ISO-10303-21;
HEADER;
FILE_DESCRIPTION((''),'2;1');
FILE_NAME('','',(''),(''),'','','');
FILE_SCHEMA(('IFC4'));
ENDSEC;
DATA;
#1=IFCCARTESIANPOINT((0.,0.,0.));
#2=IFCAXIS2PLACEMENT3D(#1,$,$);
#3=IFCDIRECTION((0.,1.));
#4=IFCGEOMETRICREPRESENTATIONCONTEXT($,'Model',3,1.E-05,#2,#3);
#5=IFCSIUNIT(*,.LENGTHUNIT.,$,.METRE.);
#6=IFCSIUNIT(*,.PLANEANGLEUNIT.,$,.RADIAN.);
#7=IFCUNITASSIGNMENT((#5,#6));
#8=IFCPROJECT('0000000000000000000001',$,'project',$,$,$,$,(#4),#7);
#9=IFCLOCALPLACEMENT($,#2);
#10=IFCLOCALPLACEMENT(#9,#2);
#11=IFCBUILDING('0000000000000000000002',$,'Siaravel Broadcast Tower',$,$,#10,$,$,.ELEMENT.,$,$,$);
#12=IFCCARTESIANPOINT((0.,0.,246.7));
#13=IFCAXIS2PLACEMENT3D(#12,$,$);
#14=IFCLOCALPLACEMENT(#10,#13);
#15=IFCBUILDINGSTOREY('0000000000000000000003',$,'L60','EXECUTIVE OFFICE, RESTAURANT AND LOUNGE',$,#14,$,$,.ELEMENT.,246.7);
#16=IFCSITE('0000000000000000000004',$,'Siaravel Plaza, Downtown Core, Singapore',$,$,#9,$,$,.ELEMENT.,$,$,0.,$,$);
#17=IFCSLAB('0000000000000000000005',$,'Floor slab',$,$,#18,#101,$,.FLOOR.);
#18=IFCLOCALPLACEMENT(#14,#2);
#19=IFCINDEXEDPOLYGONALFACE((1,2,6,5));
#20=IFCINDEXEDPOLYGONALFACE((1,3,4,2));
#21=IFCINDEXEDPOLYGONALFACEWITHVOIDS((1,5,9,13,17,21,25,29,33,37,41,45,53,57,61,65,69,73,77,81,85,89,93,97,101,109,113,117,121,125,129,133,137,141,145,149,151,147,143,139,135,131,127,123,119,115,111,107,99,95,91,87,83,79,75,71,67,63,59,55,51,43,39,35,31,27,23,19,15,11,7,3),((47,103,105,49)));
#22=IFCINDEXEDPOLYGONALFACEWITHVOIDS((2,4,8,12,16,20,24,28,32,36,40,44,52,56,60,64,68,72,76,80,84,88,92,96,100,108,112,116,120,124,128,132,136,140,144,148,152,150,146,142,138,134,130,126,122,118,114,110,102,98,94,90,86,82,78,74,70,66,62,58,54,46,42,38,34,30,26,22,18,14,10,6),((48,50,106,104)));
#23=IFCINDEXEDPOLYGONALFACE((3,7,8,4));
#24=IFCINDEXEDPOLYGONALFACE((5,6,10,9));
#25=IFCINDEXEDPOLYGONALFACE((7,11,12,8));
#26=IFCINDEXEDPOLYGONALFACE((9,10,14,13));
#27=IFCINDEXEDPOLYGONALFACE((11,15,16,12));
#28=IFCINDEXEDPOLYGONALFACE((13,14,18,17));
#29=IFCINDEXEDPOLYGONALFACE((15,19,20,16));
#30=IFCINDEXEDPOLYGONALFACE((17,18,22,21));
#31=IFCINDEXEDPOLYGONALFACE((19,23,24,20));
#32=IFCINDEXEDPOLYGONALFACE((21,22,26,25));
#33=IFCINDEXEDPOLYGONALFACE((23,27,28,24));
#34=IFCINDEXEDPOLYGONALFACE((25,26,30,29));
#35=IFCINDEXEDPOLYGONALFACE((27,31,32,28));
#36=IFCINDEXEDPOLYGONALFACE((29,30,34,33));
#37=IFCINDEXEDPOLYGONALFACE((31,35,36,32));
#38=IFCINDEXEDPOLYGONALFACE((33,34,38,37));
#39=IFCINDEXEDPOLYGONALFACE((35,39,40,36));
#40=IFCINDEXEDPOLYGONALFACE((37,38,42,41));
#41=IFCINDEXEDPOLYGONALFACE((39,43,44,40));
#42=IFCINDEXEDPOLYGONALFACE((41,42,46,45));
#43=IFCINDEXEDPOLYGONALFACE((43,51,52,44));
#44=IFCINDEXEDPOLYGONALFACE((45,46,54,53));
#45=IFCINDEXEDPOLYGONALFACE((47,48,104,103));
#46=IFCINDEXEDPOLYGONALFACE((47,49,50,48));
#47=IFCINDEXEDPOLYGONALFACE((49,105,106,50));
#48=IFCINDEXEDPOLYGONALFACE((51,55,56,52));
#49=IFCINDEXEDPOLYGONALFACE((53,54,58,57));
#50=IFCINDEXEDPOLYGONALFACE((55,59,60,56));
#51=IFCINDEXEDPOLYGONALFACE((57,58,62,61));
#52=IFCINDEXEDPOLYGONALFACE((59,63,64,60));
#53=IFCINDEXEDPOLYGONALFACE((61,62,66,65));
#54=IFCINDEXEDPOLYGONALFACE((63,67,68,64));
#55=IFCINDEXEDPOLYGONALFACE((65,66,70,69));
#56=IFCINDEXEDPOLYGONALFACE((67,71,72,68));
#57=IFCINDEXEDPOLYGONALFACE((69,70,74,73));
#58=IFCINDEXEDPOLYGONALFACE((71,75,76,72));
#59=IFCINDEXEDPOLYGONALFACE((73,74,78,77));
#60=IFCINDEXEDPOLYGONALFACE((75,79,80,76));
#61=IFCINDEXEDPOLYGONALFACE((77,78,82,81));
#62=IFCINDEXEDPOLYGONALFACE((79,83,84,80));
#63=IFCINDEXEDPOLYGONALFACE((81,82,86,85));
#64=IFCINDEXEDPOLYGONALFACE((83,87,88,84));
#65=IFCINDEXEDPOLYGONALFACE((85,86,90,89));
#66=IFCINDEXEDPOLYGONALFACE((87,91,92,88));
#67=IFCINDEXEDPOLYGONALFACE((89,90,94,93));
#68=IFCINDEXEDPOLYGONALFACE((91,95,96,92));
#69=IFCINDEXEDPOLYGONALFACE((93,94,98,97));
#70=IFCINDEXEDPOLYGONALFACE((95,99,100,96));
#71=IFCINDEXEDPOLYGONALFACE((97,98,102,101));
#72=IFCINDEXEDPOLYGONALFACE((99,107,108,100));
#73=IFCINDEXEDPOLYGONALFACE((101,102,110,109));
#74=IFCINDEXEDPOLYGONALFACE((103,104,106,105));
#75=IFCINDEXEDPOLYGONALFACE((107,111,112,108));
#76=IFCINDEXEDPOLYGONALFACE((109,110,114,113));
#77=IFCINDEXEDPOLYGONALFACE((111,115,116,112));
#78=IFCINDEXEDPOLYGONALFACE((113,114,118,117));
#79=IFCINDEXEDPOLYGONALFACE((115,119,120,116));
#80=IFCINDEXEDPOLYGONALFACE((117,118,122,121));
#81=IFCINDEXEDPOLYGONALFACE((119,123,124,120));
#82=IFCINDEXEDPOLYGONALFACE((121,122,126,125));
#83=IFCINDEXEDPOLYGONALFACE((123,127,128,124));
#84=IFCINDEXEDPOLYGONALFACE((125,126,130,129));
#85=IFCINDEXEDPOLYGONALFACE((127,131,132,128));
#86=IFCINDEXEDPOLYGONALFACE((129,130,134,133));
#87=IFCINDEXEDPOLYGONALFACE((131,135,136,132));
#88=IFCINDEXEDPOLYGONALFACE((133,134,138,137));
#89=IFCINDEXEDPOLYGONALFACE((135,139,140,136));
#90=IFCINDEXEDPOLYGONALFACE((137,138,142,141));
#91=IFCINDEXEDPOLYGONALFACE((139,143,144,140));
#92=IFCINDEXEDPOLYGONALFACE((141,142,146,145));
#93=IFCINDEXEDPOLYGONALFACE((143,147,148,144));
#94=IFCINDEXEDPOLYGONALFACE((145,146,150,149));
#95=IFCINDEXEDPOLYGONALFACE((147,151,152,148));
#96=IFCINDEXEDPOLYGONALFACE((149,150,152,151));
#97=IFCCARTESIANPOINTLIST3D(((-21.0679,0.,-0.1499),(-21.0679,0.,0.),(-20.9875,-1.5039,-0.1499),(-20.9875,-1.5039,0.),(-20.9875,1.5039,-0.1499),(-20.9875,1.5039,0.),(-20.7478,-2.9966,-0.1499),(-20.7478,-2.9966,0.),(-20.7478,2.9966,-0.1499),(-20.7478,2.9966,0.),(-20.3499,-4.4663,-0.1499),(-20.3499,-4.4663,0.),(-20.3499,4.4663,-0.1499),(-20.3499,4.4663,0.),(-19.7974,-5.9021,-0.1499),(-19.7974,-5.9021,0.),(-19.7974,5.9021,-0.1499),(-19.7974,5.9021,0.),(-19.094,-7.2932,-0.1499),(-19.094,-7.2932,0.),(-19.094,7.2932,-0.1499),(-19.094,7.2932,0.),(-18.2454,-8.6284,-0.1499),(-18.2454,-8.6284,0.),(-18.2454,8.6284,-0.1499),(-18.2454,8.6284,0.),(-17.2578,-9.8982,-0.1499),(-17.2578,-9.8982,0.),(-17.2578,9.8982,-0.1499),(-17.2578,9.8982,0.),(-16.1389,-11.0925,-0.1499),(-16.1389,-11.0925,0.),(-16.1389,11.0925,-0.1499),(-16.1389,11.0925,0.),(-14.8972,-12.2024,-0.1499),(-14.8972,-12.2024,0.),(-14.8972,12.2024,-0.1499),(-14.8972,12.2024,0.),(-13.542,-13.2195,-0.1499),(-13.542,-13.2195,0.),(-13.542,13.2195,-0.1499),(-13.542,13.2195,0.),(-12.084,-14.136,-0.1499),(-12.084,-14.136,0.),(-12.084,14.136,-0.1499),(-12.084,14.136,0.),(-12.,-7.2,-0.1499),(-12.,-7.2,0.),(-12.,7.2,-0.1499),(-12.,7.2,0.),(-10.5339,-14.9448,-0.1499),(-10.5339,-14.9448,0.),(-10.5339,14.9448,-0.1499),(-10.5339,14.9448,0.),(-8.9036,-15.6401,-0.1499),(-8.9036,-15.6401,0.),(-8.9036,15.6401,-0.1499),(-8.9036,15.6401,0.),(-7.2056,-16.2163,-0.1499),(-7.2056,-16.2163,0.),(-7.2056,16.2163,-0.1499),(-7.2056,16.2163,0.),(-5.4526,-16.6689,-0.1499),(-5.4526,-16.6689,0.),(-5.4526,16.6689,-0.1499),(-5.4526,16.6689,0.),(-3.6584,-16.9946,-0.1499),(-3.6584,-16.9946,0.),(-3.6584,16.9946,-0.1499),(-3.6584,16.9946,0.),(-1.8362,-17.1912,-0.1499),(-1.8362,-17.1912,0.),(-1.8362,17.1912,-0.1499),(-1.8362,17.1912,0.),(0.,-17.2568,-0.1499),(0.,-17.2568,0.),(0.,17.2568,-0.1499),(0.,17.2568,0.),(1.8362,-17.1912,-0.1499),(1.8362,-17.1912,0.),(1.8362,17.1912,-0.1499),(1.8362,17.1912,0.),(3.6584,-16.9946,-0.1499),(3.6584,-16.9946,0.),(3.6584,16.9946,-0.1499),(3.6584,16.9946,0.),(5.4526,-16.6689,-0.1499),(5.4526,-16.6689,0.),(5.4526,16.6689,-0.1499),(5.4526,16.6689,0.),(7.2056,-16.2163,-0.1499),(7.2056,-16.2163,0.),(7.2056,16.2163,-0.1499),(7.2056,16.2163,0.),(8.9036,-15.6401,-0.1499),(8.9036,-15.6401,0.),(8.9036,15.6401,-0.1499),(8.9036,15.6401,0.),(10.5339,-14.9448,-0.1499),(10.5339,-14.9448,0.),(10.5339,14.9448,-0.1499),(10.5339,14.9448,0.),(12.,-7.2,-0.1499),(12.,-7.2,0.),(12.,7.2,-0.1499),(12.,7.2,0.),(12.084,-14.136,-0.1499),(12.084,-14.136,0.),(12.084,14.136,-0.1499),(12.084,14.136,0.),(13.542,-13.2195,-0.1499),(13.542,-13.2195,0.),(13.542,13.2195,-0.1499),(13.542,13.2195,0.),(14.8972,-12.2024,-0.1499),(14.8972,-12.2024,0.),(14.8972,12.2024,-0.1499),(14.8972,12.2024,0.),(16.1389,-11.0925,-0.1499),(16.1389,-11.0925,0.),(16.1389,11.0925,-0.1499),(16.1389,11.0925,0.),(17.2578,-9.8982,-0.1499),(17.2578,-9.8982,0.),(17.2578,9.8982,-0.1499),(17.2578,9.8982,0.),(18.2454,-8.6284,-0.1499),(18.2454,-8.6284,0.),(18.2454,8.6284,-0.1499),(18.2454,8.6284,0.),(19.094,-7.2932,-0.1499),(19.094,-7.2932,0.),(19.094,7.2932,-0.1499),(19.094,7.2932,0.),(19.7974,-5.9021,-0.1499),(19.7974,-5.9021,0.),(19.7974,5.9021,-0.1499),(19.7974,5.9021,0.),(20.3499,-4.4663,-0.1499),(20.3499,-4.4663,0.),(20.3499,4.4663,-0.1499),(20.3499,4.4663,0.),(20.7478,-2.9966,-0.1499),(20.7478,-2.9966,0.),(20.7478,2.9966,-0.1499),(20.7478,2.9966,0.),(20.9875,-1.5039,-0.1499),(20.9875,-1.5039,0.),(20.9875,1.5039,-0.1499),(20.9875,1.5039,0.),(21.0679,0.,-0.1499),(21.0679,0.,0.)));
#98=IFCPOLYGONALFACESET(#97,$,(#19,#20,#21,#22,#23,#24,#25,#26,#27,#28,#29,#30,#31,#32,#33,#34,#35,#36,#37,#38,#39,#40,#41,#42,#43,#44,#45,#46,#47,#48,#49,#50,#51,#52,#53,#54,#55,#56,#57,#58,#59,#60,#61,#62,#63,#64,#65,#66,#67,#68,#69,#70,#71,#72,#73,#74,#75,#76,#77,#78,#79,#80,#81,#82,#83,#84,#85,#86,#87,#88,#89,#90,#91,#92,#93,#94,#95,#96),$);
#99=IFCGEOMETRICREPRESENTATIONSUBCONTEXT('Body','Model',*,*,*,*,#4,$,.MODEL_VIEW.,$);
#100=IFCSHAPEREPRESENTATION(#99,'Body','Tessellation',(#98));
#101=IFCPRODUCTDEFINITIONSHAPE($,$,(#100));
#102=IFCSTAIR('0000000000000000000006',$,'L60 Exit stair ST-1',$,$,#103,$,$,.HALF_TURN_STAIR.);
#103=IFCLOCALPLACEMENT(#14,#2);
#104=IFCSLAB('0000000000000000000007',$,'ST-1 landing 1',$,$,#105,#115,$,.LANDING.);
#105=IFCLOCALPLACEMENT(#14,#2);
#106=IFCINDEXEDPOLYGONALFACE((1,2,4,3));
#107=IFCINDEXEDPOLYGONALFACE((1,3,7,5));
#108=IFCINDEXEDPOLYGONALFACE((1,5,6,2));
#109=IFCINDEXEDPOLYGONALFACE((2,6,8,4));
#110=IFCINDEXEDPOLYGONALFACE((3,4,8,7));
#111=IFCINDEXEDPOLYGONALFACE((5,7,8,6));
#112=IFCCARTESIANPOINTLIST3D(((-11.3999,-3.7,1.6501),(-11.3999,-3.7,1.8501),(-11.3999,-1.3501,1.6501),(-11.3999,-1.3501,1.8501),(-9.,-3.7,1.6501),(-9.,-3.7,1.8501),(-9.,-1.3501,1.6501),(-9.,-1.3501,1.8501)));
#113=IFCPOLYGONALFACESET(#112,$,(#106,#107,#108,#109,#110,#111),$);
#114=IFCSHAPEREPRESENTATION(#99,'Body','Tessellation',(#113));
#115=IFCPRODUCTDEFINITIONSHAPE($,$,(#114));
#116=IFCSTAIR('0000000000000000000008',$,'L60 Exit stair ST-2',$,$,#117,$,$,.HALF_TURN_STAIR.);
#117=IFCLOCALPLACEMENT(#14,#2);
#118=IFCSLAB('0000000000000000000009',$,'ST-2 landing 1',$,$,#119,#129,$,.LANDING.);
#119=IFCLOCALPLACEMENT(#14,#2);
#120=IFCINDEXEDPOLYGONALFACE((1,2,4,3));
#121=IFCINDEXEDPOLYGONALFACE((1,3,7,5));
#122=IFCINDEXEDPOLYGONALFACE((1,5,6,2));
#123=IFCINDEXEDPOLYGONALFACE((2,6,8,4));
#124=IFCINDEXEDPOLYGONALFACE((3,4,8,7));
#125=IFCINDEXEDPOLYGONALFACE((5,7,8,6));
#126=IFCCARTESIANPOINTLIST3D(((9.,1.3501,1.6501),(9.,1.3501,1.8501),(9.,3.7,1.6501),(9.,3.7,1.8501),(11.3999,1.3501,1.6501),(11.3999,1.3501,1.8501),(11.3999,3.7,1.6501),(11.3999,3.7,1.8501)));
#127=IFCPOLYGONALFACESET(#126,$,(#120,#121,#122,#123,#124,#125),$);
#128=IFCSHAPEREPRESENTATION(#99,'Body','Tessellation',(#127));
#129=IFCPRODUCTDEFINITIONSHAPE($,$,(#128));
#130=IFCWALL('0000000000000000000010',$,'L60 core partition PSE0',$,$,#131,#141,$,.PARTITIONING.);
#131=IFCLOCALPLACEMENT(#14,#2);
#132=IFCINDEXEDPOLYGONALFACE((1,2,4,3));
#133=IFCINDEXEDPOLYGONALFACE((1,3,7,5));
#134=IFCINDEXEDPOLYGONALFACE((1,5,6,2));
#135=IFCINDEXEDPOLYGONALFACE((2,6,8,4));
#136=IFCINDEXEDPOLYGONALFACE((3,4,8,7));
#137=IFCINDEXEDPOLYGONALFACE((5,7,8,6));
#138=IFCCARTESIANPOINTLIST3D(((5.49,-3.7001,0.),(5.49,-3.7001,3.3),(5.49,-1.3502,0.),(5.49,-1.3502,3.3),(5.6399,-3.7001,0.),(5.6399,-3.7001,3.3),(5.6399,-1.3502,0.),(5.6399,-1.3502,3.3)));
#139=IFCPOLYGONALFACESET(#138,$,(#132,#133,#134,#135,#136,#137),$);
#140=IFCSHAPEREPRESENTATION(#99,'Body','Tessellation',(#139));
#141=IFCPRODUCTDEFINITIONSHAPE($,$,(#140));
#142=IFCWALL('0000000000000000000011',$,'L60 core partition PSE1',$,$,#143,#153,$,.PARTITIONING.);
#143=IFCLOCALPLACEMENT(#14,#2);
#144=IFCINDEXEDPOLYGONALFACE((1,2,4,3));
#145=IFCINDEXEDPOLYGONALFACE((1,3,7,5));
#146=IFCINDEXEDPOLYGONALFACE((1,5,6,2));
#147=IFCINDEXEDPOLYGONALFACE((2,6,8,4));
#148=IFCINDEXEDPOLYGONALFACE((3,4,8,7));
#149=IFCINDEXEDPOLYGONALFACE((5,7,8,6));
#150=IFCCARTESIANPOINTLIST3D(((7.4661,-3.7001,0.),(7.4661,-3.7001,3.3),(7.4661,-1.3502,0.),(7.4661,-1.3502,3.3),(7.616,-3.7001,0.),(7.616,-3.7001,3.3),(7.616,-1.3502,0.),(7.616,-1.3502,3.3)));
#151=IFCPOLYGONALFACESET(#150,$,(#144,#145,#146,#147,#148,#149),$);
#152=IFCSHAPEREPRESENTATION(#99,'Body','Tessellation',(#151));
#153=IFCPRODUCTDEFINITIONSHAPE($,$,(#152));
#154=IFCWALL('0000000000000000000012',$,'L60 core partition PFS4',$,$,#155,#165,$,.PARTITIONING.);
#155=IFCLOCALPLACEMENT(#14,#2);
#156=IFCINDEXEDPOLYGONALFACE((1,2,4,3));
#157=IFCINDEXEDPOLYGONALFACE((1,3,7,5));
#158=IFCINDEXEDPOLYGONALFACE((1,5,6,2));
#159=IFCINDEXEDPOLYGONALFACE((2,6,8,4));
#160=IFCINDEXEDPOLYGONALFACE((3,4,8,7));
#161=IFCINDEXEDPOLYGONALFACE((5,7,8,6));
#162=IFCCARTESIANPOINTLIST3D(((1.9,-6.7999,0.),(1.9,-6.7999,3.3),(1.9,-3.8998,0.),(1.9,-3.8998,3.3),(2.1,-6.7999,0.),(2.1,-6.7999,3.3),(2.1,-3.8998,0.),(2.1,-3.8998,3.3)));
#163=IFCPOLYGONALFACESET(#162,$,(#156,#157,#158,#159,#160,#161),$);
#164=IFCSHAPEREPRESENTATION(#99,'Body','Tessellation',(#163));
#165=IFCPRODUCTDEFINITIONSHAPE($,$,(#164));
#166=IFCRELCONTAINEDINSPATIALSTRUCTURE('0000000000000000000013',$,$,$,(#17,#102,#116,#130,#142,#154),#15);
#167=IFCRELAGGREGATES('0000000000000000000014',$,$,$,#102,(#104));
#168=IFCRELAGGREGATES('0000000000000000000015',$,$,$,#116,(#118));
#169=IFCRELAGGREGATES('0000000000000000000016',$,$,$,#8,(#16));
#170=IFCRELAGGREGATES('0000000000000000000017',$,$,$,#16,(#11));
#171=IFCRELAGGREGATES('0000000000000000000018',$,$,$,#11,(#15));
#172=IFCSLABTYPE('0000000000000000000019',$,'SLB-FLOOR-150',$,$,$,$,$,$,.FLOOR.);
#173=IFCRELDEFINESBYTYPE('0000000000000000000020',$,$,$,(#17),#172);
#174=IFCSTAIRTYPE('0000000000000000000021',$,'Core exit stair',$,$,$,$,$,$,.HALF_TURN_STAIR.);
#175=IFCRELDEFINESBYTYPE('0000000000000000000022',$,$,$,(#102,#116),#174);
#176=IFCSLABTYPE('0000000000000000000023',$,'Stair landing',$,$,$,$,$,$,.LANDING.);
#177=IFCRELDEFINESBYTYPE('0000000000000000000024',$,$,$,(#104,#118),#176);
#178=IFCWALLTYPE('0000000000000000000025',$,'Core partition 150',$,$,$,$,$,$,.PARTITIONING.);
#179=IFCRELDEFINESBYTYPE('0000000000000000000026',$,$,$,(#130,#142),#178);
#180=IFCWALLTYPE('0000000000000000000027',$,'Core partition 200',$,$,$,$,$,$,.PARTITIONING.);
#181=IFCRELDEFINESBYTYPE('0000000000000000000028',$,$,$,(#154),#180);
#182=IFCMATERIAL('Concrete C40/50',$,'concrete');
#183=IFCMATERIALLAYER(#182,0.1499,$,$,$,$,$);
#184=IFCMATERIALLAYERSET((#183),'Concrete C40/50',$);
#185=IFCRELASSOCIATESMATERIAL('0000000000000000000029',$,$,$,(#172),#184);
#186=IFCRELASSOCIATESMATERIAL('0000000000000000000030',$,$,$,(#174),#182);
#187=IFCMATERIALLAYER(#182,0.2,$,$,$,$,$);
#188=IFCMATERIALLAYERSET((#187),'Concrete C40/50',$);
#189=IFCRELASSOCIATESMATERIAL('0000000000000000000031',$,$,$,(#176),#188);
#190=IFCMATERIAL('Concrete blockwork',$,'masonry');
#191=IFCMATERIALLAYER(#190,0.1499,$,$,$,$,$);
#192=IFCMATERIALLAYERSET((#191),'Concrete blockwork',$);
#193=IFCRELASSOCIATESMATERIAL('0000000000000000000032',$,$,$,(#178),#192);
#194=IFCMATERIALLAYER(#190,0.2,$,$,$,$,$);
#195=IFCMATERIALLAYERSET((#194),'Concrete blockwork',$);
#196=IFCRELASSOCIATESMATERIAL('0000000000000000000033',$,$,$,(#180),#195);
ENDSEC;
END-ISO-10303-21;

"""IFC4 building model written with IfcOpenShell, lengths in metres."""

from ifc_helpers import new_model, si_unit, direction, frame, frame_2d, origin, place, context, subcontext, project, spatial, polyline, rectangle, outline, extrude, material, layer, layer_set, type_object, element, aggregate, save


model = new_model("IFC4")

# Units and contexts
model_context = context("Model", 3, precision=1e-05, world=origin(), true_north=direction((0.0, 1.0)))
body_context = subcontext(model_context, "Body", "Model", "MODEL_VIEW")
ifc_project = project(units=[si_unit("LENGTHUNIT", "METRE"), si_unit("PLANEANGLEUNIT", "RADIAN")], contexts=[model_context])

# Site, building, storey
site_placement = place(None, origin())
site = spatial("IfcSite", under=ifc_project, at=site_placement, Name="Siaravel Plaza, Downtown Core, Singapore", CompositionType="ELEMENT", RefElevation=0.0)
building_placement = place(site_placement, origin())
building = spatial("IfcBuilding", under=site, at=building_placement, Name="Siaravel Broadcast Tower", CompositionType="ELEMENT")
storey_placement = place(building_placement, frame((0.0, 0.0, 246.7)))
storey = spatial("IfcBuildingStorey", under=building, at=storey_placement, Name="L60", Description="EXECUTIVE OFFICE, RESTAURANT AND LOUNGE", CompositionType="ELEMENT", Elevation=246.7)

# Slab
ifc_material_1 = material(Name="Concrete C40/50", Category="concrete")
ifc_layer_1 = layer(ifc_material_1, 0.1499)
ifc_layer_set_1 = layer_set([ifc_layer_1], Name="Concrete C40/50")
slab_type_1 = type_object("IfcSlabType", Name="SLB-FLOOR-150", PredefinedType="FLOOR", material=ifc_layer_set_1)
slab_1_placement = place(storey_placement, frame((0.0, 0.0, -0.1499)))
element("IfcSlab", 1, at=slab_1_placement, inside=storey, type_object=slab_type_1, Name="Floor slab", PredefinedType="FLOOR", context=body_context, shape_type="SweptSolid", body=[
    extrude(outline(polyline([(21.0679, 0.0), (20.9875, 1.5039), (20.7478, 2.9966), (20.3499, 4.4663), (19.7974, 5.9021), (19.094, 7.2932), (18.2454, 8.6284), (17.2578, 9.8982), (16.1389, 11.0925), (14.8972, 12.2024), (13.542, 13.2195), (12.084, 14.136), (10.5339, 14.9448), (8.9036, 15.6401), (7.2056, 16.2163), (5.4526, 16.6689), (3.6584, 16.9946), (1.8362, 17.1912), (0.0, 17.2568), (-1.8362, 17.1912), (-3.6584, 16.9946), (-5.4526, 16.6689), (-7.2056, 16.2163), (-8.9036, 15.6401), (-10.5339, 14.9448), (-12.084, 14.136), (-13.542, 13.2195), (-14.8972, 12.2024), (-16.1389, 11.0925), (-17.2578, 9.8982), (-18.2454, 8.6284), (-19.094, 7.2932), (-19.7974, 5.9021), (-20.3499, 4.4663), (-20.7478, 2.9966), (-20.9875, 1.5039), (-21.0679, 0.0), (-20.9875, -1.5039), (-20.7478, -2.9966), (-20.3499, -4.4663), (-19.7974, -5.9021), (-19.094, -7.2932), (-18.2454, -8.6284), (-17.2578, -9.8982), (-16.1389, -11.0925), (-14.8972, -12.2024), (-13.542, -13.2195), (-12.084, -14.136), (-10.5339, -14.9448), (-8.9036, -15.6401), (-7.2056, -16.2163), (-5.4526, -16.6689), (-3.6584, -16.9946), (-1.8362, -17.1912), (0.0, -17.2568), (1.8362, -17.1912), (3.6584, -16.9946), (5.4526, -16.6689), (7.2056, -16.2163), (8.9036, -15.6401), (10.5339, -14.9448), (12.084, -14.136), (13.542, -13.2195), (14.8972, -12.2024), (16.1389, -11.0925), (17.2578, -9.8982), (18.2454, -8.6284), (19.094, -7.2932), (19.7974, -5.9021), (20.3499, -4.4663), (20.7478, -2.9966), (20.9875, -1.5039), (21.0679, 0.0)]), holes=[polyline([(-12.0, 7.2), (12.0, 7.2), (12.0, -7.2), (-12.0, -7.2), (-12.0, 7.2)])]), origin(), (0.0, 0.0, 1.0), 0.1499),
])

# Stairs, slabs
stair_type = type_object("IfcStairType", Name="Core exit stair", PredefinedType="HALF_TURN_STAIR", material=ifc_material_1)
stair_1_placement = place(storey_placement, origin())
stair_1 = element("IfcStair", 2, at=stair_1_placement, inside=storey, type_object=stair_type, Name="L60 Exit stair ST-1", PredefinedType="HALF_TURN_STAIR")
ifc_layer_2 = layer(ifc_material_1, 0.2)
ifc_layer_set_2 = layer_set([ifc_layer_2], Name="Concrete C40/50")
slab_type_2 = type_object("IfcSlabType", Name="Stair landing", PredefinedType="LANDING", material=ifc_layer_set_2)
slab_2_placement = place(storey_placement, frame((0.0, 0.0, 1.6501)))
slab_2 = element("IfcSlab", 3, at=slab_2_placement, type_object=slab_type_2, Name="ST-1 landing 1", PredefinedType="LANDING", context=body_context, shape_type="SweptSolid", body=[
    extrude(outline(polyline([(-9.0, -1.3501), (-11.3999, -1.3501), (-11.3999, -3.7), (-9.0, -3.7), (-9.0, -1.3501)])), origin(), (0.0, 0.0, 1.0), 0.2),
])
aggregate(stair_1, [slab_2])
stair_2_placement = place(storey_placement, origin())
stair_2 = element("IfcStair", 4, at=stair_2_placement, inside=storey, type_object=stair_type, Name="L60 Exit stair ST-2", PredefinedType="HALF_TURN_STAIR")
slab_3_placement = place(storey_placement, frame((0.0, 0.0, 1.6501)))
slab_3 = element("IfcSlab", 5, at=slab_3_placement, type_object=slab_type_2, Name="ST-2 landing 1", PredefinedType="LANDING", context=body_context, shape_type="SweptSolid", body=[
    extrude(outline(polyline([(9.0, 1.3501), (11.3999, 1.3501), (11.3999, 3.7), (9.0, 3.7), (9.0, 1.3501)])), origin(), (0.0, 0.0, 1.0), 0.2),
])
aggregate(stair_2, [slab_3])

# Walls
ifc_material_2 = material(Name="Concrete blockwork", Category="masonry")
ifc_layer_3 = layer(ifc_material_2, 0.1499)
ifc_layer_set_3 = layer_set([ifc_layer_3], Name="Concrete blockwork")
wall_type_1 = type_object("IfcWallType", Name="Core partition 150", PredefinedType="PARTITIONING", material=ifc_layer_set_3)
for number, where, z_axis, x_axis, name in (
    (6, (5.5649, -3.7, 0.0), (0.0, 0.0, 1.0), (0.0, 1.0, 0.0), "L60 core partition PSE0"),
    (7, (7.541, -3.7, 0.0), (0.0, 0.0, 1.0), (0.0, 1.0, 0.0), "L60 core partition PSE1"),
):
    element("IfcWall", number, at=place(storey_placement, frame(where, z_axis=z_axis, x_axis=x_axis)), inside=storey, type_object=wall_type_1, Name=name, PredefinedType="PARTITIONING", context=body_context, shape_type="SweptSolid", body=[
        extrude(rectangle(XDim=2.3499, YDim=0.1499, at=frame_2d((1.1748, 0.0))), origin(), (0.0, 0.0, 1.0), 3.3),
    ])
ifc_layer_4 = layer(ifc_material_2, 0.2)
ifc_layer_set_4 = layer_set([ifc_layer_4], Name="Concrete blockwork")
wall_type_2 = type_object("IfcWallType", Name="Core partition 200", PredefinedType="PARTITIONING", material=ifc_layer_set_4)
wall_1_placement = place(storey_placement, frame((2.0, -6.8, 0.0), z_axis=(0.0, 0.0, 1.0), x_axis=(0.0, 1.0, 0.0)))
element("IfcWall", 8, at=wall_1_placement, inside=storey, type_object=wall_type_2, Name="L60 core partition PFS4", PredefinedType="PARTITIONING", context=body_context, shape_type="SweptSolid", body=[
    extrude(rectangle(XDim=2.9001, YDim=0.2, at=frame_2d((1.4502, 0.0))), origin(), (0.0, 0.0, 1.0), 3.3),
])

save(model, "model.ifc")
